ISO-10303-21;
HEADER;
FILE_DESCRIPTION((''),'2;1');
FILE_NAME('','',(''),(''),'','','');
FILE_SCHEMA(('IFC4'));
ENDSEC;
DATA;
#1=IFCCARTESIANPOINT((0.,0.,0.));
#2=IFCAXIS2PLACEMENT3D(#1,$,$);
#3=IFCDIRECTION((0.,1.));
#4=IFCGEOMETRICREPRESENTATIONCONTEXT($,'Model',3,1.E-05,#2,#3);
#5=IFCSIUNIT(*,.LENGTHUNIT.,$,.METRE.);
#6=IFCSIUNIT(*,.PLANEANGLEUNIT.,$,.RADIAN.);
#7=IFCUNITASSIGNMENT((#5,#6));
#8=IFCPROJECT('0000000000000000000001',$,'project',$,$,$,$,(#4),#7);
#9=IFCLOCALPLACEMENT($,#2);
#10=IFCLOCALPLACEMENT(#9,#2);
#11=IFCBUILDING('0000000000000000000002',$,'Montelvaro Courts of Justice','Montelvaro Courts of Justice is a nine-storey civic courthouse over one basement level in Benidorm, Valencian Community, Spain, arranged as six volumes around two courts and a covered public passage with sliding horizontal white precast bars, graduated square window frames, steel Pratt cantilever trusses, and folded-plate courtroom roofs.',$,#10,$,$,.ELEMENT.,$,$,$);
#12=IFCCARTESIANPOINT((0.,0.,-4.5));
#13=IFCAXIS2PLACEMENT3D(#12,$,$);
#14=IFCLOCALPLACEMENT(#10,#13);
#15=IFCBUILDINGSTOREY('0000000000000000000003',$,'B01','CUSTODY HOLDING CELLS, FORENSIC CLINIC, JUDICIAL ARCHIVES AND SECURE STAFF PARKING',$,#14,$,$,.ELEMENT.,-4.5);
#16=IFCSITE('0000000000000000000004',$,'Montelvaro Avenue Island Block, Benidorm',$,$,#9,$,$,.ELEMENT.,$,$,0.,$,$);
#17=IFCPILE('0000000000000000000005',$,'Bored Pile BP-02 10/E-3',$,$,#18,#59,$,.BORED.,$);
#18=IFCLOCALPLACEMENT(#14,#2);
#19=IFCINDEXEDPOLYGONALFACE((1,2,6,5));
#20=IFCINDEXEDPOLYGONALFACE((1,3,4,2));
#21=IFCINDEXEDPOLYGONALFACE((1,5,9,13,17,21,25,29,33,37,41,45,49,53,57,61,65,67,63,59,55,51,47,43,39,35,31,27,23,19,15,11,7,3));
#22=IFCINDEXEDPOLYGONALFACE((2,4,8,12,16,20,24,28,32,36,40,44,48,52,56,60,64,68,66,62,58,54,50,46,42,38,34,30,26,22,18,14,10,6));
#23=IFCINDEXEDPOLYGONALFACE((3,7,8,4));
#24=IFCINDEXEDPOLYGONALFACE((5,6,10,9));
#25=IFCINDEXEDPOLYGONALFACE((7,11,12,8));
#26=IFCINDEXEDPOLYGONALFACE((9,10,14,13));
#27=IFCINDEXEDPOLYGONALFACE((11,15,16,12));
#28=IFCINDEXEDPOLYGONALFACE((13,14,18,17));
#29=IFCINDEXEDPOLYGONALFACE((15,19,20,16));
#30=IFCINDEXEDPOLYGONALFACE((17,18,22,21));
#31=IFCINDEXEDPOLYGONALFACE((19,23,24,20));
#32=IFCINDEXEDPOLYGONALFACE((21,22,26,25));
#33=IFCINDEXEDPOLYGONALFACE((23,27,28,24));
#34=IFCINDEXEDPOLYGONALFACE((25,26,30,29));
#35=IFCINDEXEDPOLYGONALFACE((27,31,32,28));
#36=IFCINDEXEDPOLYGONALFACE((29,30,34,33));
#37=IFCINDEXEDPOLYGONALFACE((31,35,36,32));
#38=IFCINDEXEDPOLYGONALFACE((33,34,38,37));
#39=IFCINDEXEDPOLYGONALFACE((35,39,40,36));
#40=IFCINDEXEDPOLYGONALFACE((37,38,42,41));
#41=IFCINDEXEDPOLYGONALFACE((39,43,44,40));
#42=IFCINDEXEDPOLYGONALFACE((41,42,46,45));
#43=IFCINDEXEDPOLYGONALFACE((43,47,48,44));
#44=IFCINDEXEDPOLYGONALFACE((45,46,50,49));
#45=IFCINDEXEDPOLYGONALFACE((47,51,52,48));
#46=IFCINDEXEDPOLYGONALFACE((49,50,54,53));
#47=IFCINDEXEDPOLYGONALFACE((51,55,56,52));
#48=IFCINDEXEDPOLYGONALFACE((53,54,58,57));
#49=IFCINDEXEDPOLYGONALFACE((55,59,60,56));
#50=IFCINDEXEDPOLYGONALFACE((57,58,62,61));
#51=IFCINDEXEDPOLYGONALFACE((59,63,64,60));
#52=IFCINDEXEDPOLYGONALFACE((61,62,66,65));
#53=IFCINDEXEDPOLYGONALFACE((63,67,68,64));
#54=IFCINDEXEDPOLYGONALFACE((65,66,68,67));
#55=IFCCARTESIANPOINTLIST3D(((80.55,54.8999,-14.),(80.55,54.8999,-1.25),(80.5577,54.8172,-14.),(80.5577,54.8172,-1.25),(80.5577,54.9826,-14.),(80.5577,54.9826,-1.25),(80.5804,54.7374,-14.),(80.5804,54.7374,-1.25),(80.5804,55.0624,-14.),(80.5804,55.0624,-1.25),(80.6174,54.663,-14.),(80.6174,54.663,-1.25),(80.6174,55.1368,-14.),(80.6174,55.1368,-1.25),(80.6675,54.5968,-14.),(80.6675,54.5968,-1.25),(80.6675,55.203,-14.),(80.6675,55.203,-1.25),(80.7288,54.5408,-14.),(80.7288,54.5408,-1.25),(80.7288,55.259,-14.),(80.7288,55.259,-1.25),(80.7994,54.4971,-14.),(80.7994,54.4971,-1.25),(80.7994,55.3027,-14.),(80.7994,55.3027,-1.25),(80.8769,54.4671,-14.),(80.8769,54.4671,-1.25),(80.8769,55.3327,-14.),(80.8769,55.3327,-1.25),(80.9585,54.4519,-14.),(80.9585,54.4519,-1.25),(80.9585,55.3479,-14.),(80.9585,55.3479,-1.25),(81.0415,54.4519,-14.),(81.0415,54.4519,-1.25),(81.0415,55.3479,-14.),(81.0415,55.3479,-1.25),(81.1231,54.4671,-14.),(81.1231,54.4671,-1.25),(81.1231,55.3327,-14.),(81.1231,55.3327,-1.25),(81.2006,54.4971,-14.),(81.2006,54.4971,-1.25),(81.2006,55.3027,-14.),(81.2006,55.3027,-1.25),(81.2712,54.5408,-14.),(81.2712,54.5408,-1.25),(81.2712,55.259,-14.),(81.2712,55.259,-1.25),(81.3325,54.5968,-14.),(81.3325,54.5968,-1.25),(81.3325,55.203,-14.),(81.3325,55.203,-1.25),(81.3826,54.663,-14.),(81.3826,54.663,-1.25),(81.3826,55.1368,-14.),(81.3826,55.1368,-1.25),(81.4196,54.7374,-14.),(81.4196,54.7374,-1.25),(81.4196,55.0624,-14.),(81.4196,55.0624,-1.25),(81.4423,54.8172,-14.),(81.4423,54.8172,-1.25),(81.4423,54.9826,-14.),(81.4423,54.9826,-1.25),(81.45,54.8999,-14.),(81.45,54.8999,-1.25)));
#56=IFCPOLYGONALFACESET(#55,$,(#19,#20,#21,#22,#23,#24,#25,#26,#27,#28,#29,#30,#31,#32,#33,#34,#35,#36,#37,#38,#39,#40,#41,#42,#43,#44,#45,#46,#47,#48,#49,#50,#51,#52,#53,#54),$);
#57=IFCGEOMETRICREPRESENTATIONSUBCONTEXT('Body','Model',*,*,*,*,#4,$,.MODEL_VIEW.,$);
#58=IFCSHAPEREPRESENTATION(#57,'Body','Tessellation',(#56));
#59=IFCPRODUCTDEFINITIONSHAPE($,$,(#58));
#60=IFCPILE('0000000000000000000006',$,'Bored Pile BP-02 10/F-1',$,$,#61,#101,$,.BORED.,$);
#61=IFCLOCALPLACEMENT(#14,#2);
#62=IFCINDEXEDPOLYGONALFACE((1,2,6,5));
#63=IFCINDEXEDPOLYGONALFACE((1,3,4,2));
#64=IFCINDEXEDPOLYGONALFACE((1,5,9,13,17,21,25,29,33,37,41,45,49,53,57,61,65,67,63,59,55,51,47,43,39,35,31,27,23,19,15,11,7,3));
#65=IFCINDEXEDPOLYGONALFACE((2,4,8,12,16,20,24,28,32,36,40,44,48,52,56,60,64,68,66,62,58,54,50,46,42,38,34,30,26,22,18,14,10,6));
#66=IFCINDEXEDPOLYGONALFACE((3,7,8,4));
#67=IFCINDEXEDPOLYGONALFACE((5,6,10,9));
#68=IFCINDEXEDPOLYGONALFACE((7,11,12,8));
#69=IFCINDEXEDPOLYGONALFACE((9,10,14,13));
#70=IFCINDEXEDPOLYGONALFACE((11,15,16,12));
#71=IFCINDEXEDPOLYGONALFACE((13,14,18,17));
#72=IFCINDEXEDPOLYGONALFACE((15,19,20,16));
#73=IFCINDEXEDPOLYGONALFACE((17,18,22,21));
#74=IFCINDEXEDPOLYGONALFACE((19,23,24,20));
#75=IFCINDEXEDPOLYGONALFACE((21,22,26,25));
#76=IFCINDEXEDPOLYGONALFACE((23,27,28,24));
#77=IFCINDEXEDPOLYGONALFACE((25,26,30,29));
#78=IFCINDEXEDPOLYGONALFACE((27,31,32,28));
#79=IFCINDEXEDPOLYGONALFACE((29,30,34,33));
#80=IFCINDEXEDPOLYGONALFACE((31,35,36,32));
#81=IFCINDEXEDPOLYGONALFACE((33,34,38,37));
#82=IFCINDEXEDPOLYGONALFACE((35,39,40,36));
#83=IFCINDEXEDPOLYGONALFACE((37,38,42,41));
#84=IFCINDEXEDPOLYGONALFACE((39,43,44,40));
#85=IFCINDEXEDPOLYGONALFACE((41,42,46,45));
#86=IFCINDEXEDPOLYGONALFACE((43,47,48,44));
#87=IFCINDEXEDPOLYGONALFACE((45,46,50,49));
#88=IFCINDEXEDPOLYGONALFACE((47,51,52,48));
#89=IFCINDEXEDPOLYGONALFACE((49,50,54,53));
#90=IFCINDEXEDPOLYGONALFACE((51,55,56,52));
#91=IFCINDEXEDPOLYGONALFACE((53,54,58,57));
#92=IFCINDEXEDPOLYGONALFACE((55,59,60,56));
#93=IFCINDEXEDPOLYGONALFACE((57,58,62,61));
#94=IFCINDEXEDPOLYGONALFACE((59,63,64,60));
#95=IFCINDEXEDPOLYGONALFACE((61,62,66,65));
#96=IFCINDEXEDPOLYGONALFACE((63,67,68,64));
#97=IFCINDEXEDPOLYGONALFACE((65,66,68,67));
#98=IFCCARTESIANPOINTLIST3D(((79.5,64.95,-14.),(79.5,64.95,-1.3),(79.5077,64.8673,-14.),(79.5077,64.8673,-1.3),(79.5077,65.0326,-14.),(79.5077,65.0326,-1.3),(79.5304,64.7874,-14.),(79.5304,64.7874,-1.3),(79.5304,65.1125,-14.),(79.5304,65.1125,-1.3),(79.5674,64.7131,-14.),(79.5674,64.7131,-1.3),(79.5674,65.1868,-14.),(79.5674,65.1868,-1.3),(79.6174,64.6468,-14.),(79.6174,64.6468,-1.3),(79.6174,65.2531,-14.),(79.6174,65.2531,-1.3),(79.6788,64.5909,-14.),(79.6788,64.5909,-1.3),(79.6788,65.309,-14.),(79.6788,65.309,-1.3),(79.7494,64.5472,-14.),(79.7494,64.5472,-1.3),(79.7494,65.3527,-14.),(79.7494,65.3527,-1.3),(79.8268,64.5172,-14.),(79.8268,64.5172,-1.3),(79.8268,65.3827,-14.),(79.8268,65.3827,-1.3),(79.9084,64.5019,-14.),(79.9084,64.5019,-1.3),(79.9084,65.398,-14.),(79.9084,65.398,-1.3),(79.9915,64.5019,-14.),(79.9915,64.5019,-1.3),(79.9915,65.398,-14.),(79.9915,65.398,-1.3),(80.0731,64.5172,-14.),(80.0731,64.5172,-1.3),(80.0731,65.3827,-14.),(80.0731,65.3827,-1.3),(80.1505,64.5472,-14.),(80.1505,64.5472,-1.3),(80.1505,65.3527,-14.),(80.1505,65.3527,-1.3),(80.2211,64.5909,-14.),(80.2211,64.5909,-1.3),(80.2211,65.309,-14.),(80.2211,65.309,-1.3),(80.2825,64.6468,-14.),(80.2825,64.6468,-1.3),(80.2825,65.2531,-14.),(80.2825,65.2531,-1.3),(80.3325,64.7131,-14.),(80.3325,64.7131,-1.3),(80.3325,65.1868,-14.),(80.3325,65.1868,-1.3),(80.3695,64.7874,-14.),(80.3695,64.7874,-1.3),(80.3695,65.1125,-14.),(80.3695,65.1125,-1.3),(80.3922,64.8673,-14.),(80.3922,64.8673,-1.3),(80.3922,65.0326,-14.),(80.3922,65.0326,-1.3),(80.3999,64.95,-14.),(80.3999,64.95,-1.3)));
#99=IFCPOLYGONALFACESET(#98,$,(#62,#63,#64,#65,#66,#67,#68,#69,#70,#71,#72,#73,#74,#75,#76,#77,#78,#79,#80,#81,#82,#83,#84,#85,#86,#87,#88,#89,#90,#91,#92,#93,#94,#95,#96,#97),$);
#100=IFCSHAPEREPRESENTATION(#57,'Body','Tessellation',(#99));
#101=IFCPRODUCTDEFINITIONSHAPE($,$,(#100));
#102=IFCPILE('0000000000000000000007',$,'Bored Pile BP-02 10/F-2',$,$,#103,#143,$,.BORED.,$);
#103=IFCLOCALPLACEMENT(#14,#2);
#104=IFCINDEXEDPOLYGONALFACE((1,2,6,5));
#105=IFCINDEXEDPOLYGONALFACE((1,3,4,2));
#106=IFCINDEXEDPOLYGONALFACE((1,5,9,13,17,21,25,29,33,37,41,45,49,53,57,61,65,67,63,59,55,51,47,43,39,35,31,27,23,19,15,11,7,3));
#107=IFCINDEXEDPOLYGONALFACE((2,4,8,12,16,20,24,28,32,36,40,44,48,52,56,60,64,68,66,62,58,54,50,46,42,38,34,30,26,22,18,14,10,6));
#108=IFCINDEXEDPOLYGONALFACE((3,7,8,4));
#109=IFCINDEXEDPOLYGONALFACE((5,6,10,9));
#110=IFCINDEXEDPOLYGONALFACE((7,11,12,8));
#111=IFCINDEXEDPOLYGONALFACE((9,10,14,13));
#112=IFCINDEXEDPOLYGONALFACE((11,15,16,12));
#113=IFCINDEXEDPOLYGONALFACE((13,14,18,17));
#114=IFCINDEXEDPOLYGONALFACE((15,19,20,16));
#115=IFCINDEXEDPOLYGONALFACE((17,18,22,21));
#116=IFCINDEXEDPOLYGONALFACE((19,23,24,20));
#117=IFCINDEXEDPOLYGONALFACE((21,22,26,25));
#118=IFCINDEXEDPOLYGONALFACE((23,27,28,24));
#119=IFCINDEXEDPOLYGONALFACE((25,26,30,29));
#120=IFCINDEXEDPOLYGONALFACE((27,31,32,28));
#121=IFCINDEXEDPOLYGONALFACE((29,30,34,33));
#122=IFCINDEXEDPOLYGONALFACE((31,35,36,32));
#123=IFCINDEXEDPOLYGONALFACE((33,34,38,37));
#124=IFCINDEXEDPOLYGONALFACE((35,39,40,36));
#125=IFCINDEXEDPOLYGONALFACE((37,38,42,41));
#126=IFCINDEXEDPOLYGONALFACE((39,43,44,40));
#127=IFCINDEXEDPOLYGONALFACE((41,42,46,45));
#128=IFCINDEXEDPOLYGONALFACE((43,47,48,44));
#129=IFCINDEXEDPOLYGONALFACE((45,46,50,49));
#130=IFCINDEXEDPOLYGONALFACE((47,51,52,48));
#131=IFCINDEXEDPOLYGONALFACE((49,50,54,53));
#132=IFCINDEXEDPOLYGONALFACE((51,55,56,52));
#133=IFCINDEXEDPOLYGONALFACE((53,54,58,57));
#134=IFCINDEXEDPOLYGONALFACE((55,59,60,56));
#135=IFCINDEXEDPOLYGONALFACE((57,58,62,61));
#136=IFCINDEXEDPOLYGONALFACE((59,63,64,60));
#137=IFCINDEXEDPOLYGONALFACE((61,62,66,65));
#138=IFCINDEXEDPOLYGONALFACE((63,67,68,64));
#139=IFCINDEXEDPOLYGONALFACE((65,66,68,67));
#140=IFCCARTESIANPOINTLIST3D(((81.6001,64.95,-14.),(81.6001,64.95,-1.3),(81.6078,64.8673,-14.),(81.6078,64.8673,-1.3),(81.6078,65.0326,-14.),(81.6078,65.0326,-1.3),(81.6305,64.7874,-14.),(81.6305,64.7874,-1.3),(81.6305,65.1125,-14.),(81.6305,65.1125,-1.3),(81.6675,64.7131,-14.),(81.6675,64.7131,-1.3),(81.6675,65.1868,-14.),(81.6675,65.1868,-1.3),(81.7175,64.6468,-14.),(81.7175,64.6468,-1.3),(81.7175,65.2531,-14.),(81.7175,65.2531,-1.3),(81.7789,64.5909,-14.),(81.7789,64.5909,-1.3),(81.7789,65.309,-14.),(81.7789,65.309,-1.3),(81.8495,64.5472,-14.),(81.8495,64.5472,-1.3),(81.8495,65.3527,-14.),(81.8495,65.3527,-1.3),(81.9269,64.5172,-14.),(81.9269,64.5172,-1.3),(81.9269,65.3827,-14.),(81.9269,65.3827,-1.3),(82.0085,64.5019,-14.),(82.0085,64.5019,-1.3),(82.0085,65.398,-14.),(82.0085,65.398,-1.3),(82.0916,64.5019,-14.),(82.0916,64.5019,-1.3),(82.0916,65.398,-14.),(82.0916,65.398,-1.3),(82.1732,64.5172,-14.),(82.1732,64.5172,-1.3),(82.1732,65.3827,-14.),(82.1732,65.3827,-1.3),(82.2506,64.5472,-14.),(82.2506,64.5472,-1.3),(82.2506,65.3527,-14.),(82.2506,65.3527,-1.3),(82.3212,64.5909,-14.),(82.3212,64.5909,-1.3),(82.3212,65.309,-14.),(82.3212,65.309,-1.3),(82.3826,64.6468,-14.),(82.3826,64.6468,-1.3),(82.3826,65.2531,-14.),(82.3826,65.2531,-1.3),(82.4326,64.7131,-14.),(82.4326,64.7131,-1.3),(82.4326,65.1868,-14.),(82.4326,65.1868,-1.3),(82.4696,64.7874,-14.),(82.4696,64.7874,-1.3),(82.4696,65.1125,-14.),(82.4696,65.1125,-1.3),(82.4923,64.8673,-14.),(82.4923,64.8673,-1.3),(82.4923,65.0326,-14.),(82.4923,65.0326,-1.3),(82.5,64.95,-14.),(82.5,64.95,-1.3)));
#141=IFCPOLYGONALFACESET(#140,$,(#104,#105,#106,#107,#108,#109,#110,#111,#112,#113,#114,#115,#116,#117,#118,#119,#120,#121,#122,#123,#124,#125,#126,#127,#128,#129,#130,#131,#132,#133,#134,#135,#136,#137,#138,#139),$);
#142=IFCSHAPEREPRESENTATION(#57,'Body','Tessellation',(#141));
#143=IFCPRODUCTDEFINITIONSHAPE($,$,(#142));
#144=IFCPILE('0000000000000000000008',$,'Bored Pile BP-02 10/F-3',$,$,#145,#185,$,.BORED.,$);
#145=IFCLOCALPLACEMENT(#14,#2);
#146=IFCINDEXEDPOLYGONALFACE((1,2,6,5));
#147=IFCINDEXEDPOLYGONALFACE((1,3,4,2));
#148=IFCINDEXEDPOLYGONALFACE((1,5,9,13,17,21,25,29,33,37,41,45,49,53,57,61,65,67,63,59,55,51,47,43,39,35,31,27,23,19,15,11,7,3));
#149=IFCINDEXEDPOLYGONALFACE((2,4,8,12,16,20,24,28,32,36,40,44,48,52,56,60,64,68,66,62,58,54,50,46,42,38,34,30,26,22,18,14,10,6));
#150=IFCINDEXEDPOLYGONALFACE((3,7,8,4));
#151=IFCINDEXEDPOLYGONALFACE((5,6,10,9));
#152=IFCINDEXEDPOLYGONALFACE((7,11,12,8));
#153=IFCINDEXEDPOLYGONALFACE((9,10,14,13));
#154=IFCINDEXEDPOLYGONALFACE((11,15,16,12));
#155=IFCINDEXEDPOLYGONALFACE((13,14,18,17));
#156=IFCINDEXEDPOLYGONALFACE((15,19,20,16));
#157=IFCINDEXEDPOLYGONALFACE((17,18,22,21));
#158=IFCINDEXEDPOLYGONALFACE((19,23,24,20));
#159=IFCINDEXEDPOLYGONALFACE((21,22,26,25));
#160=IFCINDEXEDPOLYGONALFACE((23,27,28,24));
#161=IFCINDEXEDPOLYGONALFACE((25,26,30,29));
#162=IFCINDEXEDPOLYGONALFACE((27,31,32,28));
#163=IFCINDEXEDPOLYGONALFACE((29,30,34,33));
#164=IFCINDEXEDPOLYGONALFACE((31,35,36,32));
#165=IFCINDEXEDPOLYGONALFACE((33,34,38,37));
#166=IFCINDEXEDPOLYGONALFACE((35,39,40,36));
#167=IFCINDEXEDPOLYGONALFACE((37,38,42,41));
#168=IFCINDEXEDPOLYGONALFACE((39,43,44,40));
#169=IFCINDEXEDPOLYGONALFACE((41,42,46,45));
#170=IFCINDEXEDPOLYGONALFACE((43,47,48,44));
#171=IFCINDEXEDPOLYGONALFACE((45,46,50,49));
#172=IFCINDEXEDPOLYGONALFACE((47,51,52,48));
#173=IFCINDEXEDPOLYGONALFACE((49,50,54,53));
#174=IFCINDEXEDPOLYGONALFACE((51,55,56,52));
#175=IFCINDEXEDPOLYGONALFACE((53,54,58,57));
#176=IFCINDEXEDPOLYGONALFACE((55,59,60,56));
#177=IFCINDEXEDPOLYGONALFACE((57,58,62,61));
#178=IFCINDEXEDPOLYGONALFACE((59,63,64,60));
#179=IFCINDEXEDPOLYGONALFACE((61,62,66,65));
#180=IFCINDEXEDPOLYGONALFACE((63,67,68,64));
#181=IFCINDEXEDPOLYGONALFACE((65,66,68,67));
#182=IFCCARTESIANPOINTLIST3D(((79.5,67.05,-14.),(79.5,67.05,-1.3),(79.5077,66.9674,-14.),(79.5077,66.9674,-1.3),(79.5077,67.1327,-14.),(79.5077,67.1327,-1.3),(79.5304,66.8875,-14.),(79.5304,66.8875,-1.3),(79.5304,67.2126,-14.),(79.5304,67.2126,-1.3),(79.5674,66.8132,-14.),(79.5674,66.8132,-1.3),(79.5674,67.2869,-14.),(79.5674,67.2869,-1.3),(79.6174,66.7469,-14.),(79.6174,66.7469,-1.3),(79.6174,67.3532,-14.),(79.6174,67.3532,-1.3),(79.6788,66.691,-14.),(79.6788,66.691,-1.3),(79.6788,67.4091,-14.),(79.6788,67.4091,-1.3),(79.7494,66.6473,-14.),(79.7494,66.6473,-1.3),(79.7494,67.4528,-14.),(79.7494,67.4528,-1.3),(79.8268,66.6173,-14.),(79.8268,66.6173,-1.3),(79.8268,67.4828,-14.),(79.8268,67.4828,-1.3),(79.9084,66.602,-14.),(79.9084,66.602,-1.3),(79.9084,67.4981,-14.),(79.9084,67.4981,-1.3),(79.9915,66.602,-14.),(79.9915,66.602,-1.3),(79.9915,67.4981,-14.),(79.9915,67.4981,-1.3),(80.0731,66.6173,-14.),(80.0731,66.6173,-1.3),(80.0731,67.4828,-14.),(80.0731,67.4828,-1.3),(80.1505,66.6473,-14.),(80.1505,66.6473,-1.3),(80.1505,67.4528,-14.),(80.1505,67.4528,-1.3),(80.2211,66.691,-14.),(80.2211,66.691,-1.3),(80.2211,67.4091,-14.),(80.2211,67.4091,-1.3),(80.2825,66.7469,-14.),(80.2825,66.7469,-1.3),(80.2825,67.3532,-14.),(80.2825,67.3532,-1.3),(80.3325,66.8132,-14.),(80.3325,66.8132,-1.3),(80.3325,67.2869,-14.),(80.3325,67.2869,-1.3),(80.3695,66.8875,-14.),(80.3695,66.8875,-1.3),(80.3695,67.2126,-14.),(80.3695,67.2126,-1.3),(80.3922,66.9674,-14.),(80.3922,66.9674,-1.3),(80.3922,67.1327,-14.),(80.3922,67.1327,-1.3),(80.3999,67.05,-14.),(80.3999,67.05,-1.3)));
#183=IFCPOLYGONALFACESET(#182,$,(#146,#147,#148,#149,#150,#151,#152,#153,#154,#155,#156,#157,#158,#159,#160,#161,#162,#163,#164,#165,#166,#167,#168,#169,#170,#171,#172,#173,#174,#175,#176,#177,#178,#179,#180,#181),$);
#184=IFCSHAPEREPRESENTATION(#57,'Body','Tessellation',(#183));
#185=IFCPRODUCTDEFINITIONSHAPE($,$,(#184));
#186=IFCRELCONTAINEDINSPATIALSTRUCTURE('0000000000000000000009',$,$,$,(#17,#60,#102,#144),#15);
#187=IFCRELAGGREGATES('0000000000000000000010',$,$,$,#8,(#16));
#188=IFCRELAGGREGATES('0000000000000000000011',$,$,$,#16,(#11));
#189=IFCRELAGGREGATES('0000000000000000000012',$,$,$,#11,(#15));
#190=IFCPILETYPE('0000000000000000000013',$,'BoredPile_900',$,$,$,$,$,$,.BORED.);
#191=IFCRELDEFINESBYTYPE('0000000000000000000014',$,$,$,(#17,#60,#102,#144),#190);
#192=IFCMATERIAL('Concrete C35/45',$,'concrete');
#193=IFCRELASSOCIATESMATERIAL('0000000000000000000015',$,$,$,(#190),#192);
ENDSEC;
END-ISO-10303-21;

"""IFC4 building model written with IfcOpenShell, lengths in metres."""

from ifc_helpers import new_model, si_unit, direction, frame, origin, origin_2d, place, context, subcontext, project, spatial, circle, extrude, material, material_profile, profile_set, type_object, element, save


model = new_model("IFC4")

# Units and contexts
model_context = context("Model", 3, precision=1e-05, world=origin(), true_north=direction((0.0, 1.0)))
body_context = subcontext(model_context, "Body", "Model", "MODEL_VIEW")
ifc_project = project(units=[si_unit("LENGTHUNIT", "METRE"), si_unit("PLANEANGLEUNIT", "RADIAN")], contexts=[model_context])

# Site, building, storey
site_placement = place(None, origin())
site = spatial("IfcSite", under=ifc_project, at=site_placement, Name="Montelvaro Avenue Island Block, Benidorm", CompositionType="ELEMENT", RefElevation=0.0)
building_placement = place(site_placement, origin())
building = spatial("IfcBuilding", under=site, at=building_placement, Name="Montelvaro Courts of Justice", Description="Montelvaro Courts of Justice is a nine-storey civic courthouse over one basement level in Benidorm, Valencian Community, Spain, arranged as six volumes around two courts and a covered public passage with sliding horizontal white precast bars, graduated square window frames, steel Pratt cantilever trusses, and folded-plate courtroom roofs.", CompositionType="ELEMENT")
storey_placement = place(building_placement, frame((0.0, 0.0, -4.5)))
storey = spatial("IfcBuildingStorey", under=building, at=storey_placement, Name="B01", Description="CUSTODY HOLDING CELLS, FORENSIC CLINIC, JUDICIAL ARCHIVES AND SECURE STAFF PARKING", CompositionType="ELEMENT", Elevation=-4.5)

# Piles
ifc_material_1 = material(Name="Concrete C35/45", Category="concrete")
ifc_material_profile_1 = material_profile(ifc_material_1, circle(Radius=0.45, at=origin_2d()), Name="BORED PILE D900")
ifc_profile_set_1 = profile_set([ifc_material_profile_1], Name="Concrete C35/45")
pile_type_1 = type_object("IfcPileType", Name="BoredPile_900", PredefinedType="BORED", material=ifc_profile_set_1)
pile_placement = place(storey_placement, frame((81.0, 54.8999, -1.25), z_axis=(0.0, 0.0, -1.0), x_axis=(1.0, 0.0, 0.0)))
element("IfcPile", 1, at=pile_placement, inside=storey, type_object=pile_type_1, Name="Bored Pile BP-02 10/E-3", PredefinedType="BORED", context=body_context, shape_type="SweptSolid", body=[
    extrude(circle(Radius=0.45, at=origin_2d()), origin(), (0.0, 0.0, 1.0), 12.75),
])
for number, where, z_axis, x_axis, name in (
    (2, (79.95, 64.95, -1.3), (0.0, 0.0, -1.0), (1.0, 0.0, 0.0), "Bored Pile BP-02 10/F-1"),
    (3, (82.05, 64.95, -1.3), (0.0, 0.0, -1.0), (1.0, 0.0, 0.0), "Bored Pile BP-02 10/F-2"),
    (4, (79.95, 67.05, -1.3), (0.0, 0.0, -1.0), (1.0, 0.0, 0.0), "Bored Pile BP-02 10/F-3"),
):
    element("IfcPile", number, at=place(storey_placement, frame(where, z_axis=z_axis, x_axis=x_axis)), inside=storey, type_object=pile_type_1, Name=name, PredefinedType="BORED", context=body_context, shape_type="SweptSolid", body=[
        extrude(circle(Radius=0.45, at=origin_2d()), origin(), (0.0, 0.0, 1.0), 12.7),
    ])

save(model, "model.ifc")
